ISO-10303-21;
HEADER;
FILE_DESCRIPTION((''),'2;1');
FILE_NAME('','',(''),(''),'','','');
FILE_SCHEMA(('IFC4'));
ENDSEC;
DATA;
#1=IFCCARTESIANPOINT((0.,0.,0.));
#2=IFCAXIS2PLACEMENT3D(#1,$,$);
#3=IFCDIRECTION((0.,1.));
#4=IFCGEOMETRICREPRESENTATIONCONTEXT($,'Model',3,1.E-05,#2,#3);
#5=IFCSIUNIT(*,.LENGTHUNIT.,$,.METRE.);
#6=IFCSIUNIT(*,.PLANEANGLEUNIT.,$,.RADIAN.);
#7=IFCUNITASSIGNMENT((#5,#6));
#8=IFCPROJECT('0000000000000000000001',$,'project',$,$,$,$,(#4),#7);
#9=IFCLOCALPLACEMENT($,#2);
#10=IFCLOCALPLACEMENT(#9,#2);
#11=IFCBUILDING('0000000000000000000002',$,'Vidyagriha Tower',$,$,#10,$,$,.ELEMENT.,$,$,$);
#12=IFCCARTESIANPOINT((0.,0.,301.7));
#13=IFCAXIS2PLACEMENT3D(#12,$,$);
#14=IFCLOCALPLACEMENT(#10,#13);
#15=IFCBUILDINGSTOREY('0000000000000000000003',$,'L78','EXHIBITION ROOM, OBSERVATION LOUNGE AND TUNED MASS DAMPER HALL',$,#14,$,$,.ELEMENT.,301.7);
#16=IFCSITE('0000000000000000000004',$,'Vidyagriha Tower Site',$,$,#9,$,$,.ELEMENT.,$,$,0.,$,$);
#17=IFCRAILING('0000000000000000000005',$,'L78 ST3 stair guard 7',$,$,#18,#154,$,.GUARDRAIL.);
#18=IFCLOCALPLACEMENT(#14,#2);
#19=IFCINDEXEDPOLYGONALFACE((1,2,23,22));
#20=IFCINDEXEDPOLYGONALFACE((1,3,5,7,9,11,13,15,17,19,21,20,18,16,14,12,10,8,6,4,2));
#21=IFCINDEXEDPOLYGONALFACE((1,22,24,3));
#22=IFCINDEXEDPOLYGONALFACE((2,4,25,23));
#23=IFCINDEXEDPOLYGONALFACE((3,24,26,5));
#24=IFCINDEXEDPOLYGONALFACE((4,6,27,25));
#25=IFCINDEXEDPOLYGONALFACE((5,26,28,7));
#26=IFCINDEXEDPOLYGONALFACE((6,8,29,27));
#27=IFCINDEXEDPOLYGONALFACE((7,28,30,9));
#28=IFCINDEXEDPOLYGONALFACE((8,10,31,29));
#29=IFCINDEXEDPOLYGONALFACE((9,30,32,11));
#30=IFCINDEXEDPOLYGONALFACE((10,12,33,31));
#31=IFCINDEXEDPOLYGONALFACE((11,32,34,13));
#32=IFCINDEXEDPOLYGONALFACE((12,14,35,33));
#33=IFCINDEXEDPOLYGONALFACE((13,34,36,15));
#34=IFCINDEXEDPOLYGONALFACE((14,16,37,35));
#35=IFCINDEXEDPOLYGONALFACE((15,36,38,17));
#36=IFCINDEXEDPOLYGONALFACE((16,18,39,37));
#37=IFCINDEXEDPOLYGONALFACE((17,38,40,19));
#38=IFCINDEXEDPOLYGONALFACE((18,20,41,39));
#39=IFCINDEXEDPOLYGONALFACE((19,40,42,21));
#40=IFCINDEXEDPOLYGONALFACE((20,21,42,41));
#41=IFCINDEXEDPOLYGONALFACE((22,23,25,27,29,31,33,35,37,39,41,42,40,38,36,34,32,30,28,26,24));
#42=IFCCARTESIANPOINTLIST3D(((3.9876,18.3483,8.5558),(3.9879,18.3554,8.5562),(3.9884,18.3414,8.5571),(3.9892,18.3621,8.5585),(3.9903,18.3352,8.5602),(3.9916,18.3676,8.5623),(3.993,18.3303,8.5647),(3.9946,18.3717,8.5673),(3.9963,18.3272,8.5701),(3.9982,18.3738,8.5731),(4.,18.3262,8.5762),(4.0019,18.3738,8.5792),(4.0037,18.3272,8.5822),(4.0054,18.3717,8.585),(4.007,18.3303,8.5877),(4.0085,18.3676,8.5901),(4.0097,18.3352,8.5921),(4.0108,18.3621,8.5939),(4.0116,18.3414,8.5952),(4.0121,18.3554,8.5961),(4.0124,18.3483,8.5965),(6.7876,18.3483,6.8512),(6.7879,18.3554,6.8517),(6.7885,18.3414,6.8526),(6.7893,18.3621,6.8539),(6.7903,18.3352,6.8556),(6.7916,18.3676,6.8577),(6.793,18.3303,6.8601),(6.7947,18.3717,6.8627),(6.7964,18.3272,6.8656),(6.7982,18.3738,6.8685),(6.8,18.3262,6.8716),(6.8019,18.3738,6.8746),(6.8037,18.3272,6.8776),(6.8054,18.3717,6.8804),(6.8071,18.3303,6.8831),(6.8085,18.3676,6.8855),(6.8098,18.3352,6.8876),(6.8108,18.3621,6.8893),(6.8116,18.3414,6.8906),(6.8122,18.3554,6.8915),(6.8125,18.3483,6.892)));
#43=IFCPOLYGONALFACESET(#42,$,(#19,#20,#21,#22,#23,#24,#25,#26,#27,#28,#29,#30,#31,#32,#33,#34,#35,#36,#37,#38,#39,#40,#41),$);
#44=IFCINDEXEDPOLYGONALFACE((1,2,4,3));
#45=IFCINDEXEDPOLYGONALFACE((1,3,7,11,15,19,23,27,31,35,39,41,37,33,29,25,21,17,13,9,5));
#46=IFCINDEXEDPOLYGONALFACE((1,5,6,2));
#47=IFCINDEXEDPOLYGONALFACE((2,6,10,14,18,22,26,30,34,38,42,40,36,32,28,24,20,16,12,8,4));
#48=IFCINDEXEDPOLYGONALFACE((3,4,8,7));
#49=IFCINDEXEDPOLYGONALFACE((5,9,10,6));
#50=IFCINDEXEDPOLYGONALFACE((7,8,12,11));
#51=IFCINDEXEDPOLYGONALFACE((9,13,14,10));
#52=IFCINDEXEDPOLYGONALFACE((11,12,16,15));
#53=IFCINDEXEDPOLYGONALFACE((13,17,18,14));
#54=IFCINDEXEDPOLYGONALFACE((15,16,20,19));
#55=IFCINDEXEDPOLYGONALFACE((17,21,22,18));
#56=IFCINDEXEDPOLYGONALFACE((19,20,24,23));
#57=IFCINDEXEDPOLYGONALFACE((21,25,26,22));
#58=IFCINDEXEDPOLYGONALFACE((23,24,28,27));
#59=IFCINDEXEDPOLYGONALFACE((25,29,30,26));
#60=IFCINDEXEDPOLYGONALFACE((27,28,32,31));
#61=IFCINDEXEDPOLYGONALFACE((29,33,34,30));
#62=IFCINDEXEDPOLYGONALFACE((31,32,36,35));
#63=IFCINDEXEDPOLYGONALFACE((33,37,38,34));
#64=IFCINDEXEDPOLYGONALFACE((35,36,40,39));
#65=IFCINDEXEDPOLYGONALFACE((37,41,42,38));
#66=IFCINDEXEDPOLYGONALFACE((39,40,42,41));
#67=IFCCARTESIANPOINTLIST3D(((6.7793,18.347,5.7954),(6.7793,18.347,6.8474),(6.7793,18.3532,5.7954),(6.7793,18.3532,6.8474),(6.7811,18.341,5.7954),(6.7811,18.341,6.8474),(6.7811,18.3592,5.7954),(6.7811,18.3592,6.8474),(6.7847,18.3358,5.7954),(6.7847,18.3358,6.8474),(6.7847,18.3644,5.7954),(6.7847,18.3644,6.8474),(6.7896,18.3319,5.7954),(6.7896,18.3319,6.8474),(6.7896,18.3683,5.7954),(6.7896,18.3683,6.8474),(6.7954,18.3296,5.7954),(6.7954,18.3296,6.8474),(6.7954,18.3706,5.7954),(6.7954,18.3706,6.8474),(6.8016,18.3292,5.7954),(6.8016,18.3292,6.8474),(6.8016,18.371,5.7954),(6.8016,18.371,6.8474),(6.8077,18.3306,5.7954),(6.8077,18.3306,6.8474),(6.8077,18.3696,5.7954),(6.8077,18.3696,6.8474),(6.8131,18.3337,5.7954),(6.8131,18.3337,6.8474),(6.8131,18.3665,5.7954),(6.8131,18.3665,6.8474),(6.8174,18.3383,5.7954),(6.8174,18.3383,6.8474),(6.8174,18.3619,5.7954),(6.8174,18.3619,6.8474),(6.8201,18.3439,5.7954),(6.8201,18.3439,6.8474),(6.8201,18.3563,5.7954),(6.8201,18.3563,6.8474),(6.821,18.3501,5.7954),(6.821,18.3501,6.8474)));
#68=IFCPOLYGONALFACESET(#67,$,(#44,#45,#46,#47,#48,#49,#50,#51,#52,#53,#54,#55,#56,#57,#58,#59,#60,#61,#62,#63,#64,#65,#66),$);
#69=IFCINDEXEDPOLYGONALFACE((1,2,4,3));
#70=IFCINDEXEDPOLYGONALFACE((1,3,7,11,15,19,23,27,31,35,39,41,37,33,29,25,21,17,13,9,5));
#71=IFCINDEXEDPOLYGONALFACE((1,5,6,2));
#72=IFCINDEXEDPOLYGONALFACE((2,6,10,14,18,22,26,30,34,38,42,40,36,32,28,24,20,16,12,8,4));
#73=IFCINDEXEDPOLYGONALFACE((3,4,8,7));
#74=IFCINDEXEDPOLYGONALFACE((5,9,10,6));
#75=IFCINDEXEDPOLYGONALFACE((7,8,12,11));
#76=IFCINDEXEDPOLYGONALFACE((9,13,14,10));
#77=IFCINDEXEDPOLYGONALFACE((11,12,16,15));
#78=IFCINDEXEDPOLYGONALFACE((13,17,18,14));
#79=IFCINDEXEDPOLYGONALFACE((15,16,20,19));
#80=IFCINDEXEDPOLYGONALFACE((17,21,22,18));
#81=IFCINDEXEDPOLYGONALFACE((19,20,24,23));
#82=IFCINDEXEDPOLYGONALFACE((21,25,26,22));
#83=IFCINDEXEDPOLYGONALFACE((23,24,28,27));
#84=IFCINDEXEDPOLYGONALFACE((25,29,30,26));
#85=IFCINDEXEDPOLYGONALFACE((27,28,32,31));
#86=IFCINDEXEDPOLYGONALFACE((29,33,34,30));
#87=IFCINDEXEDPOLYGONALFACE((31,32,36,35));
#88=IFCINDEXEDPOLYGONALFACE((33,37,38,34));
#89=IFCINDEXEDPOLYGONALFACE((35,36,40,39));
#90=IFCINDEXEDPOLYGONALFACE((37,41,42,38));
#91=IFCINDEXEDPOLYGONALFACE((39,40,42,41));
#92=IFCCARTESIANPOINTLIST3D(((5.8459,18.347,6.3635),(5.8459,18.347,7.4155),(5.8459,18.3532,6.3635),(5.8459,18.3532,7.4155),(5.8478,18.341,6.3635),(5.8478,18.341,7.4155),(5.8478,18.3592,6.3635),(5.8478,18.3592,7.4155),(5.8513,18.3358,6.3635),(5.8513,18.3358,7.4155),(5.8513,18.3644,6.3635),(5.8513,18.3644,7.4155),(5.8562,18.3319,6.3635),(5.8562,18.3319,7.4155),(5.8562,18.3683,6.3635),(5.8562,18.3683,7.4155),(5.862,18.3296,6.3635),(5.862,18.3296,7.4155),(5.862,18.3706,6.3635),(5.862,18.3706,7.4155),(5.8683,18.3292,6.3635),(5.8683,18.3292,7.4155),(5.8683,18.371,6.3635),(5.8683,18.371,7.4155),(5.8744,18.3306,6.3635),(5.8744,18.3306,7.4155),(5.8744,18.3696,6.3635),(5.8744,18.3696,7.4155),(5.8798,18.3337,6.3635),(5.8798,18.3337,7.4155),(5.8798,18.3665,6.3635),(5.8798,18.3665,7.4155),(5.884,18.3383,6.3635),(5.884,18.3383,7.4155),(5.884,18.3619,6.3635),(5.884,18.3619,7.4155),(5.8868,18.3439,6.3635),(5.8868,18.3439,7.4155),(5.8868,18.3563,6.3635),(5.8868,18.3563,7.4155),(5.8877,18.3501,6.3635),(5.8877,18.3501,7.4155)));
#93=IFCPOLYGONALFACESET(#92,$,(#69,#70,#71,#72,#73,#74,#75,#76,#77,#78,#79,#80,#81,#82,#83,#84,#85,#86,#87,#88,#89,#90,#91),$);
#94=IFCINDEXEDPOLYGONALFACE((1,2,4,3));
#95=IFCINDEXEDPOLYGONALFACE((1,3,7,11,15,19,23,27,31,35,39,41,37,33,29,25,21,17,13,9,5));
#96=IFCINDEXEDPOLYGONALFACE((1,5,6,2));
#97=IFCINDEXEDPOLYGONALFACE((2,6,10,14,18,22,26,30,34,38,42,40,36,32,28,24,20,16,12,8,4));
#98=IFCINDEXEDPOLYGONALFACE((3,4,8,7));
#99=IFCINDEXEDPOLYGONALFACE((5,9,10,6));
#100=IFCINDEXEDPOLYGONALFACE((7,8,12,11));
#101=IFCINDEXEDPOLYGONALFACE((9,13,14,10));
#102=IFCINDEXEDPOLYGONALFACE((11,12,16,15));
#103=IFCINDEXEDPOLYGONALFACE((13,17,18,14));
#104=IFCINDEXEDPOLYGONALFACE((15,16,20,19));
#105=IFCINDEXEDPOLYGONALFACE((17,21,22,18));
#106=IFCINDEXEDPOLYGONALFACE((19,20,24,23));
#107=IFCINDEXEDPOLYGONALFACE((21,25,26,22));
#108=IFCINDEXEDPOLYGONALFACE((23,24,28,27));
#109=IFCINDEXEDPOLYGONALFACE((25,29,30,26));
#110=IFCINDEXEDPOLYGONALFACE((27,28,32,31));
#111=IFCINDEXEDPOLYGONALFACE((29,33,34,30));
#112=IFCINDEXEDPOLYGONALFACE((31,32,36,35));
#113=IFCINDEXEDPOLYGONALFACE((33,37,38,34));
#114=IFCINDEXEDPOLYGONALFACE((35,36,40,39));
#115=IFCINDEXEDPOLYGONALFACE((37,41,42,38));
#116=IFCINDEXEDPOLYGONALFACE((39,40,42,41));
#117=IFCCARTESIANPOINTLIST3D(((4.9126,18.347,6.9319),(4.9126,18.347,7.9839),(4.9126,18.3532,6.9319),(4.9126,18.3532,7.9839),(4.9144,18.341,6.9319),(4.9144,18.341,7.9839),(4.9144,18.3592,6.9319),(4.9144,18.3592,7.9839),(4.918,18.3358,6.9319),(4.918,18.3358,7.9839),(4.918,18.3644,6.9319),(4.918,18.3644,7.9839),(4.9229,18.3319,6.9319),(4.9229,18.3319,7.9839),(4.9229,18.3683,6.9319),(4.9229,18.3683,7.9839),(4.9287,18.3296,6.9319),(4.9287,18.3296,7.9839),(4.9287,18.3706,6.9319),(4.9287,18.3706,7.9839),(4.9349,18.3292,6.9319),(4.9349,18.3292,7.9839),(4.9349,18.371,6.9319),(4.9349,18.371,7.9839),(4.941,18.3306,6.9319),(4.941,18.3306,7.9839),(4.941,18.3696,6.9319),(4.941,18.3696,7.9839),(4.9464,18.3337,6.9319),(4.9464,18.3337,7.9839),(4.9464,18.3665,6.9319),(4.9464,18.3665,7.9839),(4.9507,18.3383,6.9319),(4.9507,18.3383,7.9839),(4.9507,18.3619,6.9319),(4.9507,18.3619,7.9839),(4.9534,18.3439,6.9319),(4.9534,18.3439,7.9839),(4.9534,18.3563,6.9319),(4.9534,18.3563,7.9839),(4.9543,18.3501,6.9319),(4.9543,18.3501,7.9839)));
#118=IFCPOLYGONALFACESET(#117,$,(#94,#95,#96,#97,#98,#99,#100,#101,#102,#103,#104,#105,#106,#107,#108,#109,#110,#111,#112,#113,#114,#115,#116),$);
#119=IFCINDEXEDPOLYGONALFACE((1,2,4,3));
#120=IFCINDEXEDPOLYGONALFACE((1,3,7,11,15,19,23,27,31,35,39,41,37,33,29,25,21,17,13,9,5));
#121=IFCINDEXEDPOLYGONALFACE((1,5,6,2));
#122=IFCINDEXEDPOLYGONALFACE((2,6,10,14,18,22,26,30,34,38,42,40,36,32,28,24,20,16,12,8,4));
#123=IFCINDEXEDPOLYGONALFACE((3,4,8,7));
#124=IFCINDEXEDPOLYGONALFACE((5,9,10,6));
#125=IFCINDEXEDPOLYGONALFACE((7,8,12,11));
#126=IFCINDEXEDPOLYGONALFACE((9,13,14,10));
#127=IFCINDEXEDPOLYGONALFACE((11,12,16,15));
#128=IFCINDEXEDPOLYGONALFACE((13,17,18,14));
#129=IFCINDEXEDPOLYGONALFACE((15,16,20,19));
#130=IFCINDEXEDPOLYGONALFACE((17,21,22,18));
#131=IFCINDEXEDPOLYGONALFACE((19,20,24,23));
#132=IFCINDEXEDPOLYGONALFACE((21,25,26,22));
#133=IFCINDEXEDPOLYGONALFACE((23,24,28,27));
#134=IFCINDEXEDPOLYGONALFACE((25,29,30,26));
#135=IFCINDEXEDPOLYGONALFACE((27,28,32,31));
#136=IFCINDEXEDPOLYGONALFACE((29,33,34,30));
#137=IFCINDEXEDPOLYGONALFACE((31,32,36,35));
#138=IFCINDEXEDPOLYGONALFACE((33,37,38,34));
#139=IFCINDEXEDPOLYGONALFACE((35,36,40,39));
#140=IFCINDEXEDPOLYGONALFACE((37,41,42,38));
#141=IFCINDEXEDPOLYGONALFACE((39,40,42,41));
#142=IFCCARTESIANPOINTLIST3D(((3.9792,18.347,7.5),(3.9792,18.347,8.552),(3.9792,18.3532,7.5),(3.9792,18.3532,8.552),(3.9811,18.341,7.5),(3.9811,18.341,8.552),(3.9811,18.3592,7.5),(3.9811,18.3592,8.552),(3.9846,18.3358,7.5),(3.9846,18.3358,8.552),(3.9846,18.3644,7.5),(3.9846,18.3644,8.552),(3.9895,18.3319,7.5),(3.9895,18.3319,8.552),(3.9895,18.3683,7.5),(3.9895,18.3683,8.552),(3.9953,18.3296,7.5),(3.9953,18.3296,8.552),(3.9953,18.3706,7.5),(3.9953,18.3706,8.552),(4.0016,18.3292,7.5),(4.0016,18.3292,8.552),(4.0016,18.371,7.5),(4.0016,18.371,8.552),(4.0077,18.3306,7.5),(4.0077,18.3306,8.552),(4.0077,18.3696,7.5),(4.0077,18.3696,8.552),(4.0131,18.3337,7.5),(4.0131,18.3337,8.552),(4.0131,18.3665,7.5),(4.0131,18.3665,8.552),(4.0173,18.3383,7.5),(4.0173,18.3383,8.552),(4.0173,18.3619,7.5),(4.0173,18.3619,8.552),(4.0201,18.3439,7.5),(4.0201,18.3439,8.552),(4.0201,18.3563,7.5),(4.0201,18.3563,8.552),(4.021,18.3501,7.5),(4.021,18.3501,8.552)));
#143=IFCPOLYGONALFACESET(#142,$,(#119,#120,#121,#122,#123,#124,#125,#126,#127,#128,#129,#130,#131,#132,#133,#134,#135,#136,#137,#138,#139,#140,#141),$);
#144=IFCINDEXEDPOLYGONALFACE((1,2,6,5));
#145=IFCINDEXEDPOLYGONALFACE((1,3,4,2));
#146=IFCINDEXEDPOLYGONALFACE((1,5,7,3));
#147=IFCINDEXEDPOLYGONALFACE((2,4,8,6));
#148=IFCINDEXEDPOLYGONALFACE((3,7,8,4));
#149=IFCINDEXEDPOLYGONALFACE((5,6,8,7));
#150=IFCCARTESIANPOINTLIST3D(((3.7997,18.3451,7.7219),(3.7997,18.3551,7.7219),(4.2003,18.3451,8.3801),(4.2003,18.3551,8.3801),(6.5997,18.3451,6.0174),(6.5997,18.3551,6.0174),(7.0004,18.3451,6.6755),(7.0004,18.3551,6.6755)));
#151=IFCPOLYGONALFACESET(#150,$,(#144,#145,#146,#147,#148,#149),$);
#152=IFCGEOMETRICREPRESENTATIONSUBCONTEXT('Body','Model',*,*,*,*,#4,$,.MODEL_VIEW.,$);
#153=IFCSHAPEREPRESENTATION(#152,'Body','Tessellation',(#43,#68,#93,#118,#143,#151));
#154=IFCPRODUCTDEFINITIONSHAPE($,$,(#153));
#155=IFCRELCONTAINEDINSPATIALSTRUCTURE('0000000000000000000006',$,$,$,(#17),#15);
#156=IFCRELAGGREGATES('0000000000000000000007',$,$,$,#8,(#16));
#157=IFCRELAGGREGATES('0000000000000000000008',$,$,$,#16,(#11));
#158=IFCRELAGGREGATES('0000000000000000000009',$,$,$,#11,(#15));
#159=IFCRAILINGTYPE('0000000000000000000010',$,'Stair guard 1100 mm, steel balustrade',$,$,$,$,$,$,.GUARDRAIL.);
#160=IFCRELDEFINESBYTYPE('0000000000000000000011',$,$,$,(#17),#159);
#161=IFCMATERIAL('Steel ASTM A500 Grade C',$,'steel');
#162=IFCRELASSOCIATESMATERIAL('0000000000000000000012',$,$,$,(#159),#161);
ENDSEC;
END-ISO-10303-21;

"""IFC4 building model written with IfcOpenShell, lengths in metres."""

from ifc_helpers import new_model, si_unit, direction, frame, origin, origin_2d, place, context, subcontext, project, spatial, rectangle, circle, extrude, material, type_object, element, save


model = new_model("IFC4")

# Units and contexts
model_context = context("Model", 3, precision=1e-05, world=origin(), true_north=direction((0.0, 1.0)))
body_context = subcontext(model_context, "Body", "Model", "MODEL_VIEW")
ifc_project = project(units=[si_unit("LENGTHUNIT", "METRE"), si_unit("PLANEANGLEUNIT", "RADIAN")], contexts=[model_context])

# Site, building, storey
site_placement = place(None, origin())
site = spatial("IfcSite", under=ifc_project, at=site_placement, Name="Vidyagriha Tower Site", CompositionType="ELEMENT", RefElevation=0.0)
building_placement = place(site_placement, origin())
building = spatial("IfcBuilding", under=site, at=building_placement, Name="Vidyagriha Tower", CompositionType="ELEMENT")
storey_placement = place(building_placement, frame((0.0, 0.0, 301.7)))
storey = spatial("IfcBuildingStorey", under=building, at=storey_placement, Name="L78", Description="EXHIBITION ROOM, OBSERVATION LOUNGE AND TUNED MASS DAMPER HALL", CompositionType="ELEMENT", Elevation=301.7)

# Railing
ifc_material_1 = material(Name="Steel ASTM A500 Grade C", Category="steel")
railing_type_1 = type_object("IfcRailingType", Name="Stair guard 1100 mm, steel balustrade", PredefinedType="GUARDRAIL", material=ifc_material_1)
railing_1_placement = place(storey_placement, frame((6.8, 18.3501, 5.7954)))
element("IfcRailing", 1, at=railing_1_placement, inside=storey, type_object=railing_type_1, Name="L78 ST3 stair guard 7", PredefinedType="GUARDRAIL", context=body_context, shape_type="SweptSolid", body=[
    extrude(circle(Radius=0.0239, at=origin_2d()), frame((0.0, 0.0, 1.0762), z_axis=(-0.85417, 0.0, 0.519994), x_axis=(0.0, -1.0, 0.0)), (0.0, 0.0, 1.0), 3.2781),
    extrude(circle(Radius=0.021, at=origin_2d()), origin(), (0.0, 0.0, 1.0), 1.052),
    extrude(circle(Radius=0.021, at=origin_2d()), frame((-0.9333, 0.0, 0.5681)), (0.0, 0.0, 1.0), 1.052),
    extrude(circle(Radius=0.021, at=origin_2d()), frame((-1.8667, 0.0, 1.1365)), (0.0, 0.0, 1.0), 1.052),
    extrude(circle(Radius=0.021, at=origin_2d()), frame((-2.8, 0.0, 1.7046)), (0.0, 0.0, 1.0), 1.052),
    extrude(rectangle(XDim=0.01, YDim=0.7705, at=origin_2d()), frame((0.0, 0.0, 0.551), z_axis=(-0.85417, 0.0, 0.519994), x_axis=(0.0, -1.0, 0.0)), (0.0, 0.0, 1.0), 3.2781),
])

save(model, "model.ifc")
